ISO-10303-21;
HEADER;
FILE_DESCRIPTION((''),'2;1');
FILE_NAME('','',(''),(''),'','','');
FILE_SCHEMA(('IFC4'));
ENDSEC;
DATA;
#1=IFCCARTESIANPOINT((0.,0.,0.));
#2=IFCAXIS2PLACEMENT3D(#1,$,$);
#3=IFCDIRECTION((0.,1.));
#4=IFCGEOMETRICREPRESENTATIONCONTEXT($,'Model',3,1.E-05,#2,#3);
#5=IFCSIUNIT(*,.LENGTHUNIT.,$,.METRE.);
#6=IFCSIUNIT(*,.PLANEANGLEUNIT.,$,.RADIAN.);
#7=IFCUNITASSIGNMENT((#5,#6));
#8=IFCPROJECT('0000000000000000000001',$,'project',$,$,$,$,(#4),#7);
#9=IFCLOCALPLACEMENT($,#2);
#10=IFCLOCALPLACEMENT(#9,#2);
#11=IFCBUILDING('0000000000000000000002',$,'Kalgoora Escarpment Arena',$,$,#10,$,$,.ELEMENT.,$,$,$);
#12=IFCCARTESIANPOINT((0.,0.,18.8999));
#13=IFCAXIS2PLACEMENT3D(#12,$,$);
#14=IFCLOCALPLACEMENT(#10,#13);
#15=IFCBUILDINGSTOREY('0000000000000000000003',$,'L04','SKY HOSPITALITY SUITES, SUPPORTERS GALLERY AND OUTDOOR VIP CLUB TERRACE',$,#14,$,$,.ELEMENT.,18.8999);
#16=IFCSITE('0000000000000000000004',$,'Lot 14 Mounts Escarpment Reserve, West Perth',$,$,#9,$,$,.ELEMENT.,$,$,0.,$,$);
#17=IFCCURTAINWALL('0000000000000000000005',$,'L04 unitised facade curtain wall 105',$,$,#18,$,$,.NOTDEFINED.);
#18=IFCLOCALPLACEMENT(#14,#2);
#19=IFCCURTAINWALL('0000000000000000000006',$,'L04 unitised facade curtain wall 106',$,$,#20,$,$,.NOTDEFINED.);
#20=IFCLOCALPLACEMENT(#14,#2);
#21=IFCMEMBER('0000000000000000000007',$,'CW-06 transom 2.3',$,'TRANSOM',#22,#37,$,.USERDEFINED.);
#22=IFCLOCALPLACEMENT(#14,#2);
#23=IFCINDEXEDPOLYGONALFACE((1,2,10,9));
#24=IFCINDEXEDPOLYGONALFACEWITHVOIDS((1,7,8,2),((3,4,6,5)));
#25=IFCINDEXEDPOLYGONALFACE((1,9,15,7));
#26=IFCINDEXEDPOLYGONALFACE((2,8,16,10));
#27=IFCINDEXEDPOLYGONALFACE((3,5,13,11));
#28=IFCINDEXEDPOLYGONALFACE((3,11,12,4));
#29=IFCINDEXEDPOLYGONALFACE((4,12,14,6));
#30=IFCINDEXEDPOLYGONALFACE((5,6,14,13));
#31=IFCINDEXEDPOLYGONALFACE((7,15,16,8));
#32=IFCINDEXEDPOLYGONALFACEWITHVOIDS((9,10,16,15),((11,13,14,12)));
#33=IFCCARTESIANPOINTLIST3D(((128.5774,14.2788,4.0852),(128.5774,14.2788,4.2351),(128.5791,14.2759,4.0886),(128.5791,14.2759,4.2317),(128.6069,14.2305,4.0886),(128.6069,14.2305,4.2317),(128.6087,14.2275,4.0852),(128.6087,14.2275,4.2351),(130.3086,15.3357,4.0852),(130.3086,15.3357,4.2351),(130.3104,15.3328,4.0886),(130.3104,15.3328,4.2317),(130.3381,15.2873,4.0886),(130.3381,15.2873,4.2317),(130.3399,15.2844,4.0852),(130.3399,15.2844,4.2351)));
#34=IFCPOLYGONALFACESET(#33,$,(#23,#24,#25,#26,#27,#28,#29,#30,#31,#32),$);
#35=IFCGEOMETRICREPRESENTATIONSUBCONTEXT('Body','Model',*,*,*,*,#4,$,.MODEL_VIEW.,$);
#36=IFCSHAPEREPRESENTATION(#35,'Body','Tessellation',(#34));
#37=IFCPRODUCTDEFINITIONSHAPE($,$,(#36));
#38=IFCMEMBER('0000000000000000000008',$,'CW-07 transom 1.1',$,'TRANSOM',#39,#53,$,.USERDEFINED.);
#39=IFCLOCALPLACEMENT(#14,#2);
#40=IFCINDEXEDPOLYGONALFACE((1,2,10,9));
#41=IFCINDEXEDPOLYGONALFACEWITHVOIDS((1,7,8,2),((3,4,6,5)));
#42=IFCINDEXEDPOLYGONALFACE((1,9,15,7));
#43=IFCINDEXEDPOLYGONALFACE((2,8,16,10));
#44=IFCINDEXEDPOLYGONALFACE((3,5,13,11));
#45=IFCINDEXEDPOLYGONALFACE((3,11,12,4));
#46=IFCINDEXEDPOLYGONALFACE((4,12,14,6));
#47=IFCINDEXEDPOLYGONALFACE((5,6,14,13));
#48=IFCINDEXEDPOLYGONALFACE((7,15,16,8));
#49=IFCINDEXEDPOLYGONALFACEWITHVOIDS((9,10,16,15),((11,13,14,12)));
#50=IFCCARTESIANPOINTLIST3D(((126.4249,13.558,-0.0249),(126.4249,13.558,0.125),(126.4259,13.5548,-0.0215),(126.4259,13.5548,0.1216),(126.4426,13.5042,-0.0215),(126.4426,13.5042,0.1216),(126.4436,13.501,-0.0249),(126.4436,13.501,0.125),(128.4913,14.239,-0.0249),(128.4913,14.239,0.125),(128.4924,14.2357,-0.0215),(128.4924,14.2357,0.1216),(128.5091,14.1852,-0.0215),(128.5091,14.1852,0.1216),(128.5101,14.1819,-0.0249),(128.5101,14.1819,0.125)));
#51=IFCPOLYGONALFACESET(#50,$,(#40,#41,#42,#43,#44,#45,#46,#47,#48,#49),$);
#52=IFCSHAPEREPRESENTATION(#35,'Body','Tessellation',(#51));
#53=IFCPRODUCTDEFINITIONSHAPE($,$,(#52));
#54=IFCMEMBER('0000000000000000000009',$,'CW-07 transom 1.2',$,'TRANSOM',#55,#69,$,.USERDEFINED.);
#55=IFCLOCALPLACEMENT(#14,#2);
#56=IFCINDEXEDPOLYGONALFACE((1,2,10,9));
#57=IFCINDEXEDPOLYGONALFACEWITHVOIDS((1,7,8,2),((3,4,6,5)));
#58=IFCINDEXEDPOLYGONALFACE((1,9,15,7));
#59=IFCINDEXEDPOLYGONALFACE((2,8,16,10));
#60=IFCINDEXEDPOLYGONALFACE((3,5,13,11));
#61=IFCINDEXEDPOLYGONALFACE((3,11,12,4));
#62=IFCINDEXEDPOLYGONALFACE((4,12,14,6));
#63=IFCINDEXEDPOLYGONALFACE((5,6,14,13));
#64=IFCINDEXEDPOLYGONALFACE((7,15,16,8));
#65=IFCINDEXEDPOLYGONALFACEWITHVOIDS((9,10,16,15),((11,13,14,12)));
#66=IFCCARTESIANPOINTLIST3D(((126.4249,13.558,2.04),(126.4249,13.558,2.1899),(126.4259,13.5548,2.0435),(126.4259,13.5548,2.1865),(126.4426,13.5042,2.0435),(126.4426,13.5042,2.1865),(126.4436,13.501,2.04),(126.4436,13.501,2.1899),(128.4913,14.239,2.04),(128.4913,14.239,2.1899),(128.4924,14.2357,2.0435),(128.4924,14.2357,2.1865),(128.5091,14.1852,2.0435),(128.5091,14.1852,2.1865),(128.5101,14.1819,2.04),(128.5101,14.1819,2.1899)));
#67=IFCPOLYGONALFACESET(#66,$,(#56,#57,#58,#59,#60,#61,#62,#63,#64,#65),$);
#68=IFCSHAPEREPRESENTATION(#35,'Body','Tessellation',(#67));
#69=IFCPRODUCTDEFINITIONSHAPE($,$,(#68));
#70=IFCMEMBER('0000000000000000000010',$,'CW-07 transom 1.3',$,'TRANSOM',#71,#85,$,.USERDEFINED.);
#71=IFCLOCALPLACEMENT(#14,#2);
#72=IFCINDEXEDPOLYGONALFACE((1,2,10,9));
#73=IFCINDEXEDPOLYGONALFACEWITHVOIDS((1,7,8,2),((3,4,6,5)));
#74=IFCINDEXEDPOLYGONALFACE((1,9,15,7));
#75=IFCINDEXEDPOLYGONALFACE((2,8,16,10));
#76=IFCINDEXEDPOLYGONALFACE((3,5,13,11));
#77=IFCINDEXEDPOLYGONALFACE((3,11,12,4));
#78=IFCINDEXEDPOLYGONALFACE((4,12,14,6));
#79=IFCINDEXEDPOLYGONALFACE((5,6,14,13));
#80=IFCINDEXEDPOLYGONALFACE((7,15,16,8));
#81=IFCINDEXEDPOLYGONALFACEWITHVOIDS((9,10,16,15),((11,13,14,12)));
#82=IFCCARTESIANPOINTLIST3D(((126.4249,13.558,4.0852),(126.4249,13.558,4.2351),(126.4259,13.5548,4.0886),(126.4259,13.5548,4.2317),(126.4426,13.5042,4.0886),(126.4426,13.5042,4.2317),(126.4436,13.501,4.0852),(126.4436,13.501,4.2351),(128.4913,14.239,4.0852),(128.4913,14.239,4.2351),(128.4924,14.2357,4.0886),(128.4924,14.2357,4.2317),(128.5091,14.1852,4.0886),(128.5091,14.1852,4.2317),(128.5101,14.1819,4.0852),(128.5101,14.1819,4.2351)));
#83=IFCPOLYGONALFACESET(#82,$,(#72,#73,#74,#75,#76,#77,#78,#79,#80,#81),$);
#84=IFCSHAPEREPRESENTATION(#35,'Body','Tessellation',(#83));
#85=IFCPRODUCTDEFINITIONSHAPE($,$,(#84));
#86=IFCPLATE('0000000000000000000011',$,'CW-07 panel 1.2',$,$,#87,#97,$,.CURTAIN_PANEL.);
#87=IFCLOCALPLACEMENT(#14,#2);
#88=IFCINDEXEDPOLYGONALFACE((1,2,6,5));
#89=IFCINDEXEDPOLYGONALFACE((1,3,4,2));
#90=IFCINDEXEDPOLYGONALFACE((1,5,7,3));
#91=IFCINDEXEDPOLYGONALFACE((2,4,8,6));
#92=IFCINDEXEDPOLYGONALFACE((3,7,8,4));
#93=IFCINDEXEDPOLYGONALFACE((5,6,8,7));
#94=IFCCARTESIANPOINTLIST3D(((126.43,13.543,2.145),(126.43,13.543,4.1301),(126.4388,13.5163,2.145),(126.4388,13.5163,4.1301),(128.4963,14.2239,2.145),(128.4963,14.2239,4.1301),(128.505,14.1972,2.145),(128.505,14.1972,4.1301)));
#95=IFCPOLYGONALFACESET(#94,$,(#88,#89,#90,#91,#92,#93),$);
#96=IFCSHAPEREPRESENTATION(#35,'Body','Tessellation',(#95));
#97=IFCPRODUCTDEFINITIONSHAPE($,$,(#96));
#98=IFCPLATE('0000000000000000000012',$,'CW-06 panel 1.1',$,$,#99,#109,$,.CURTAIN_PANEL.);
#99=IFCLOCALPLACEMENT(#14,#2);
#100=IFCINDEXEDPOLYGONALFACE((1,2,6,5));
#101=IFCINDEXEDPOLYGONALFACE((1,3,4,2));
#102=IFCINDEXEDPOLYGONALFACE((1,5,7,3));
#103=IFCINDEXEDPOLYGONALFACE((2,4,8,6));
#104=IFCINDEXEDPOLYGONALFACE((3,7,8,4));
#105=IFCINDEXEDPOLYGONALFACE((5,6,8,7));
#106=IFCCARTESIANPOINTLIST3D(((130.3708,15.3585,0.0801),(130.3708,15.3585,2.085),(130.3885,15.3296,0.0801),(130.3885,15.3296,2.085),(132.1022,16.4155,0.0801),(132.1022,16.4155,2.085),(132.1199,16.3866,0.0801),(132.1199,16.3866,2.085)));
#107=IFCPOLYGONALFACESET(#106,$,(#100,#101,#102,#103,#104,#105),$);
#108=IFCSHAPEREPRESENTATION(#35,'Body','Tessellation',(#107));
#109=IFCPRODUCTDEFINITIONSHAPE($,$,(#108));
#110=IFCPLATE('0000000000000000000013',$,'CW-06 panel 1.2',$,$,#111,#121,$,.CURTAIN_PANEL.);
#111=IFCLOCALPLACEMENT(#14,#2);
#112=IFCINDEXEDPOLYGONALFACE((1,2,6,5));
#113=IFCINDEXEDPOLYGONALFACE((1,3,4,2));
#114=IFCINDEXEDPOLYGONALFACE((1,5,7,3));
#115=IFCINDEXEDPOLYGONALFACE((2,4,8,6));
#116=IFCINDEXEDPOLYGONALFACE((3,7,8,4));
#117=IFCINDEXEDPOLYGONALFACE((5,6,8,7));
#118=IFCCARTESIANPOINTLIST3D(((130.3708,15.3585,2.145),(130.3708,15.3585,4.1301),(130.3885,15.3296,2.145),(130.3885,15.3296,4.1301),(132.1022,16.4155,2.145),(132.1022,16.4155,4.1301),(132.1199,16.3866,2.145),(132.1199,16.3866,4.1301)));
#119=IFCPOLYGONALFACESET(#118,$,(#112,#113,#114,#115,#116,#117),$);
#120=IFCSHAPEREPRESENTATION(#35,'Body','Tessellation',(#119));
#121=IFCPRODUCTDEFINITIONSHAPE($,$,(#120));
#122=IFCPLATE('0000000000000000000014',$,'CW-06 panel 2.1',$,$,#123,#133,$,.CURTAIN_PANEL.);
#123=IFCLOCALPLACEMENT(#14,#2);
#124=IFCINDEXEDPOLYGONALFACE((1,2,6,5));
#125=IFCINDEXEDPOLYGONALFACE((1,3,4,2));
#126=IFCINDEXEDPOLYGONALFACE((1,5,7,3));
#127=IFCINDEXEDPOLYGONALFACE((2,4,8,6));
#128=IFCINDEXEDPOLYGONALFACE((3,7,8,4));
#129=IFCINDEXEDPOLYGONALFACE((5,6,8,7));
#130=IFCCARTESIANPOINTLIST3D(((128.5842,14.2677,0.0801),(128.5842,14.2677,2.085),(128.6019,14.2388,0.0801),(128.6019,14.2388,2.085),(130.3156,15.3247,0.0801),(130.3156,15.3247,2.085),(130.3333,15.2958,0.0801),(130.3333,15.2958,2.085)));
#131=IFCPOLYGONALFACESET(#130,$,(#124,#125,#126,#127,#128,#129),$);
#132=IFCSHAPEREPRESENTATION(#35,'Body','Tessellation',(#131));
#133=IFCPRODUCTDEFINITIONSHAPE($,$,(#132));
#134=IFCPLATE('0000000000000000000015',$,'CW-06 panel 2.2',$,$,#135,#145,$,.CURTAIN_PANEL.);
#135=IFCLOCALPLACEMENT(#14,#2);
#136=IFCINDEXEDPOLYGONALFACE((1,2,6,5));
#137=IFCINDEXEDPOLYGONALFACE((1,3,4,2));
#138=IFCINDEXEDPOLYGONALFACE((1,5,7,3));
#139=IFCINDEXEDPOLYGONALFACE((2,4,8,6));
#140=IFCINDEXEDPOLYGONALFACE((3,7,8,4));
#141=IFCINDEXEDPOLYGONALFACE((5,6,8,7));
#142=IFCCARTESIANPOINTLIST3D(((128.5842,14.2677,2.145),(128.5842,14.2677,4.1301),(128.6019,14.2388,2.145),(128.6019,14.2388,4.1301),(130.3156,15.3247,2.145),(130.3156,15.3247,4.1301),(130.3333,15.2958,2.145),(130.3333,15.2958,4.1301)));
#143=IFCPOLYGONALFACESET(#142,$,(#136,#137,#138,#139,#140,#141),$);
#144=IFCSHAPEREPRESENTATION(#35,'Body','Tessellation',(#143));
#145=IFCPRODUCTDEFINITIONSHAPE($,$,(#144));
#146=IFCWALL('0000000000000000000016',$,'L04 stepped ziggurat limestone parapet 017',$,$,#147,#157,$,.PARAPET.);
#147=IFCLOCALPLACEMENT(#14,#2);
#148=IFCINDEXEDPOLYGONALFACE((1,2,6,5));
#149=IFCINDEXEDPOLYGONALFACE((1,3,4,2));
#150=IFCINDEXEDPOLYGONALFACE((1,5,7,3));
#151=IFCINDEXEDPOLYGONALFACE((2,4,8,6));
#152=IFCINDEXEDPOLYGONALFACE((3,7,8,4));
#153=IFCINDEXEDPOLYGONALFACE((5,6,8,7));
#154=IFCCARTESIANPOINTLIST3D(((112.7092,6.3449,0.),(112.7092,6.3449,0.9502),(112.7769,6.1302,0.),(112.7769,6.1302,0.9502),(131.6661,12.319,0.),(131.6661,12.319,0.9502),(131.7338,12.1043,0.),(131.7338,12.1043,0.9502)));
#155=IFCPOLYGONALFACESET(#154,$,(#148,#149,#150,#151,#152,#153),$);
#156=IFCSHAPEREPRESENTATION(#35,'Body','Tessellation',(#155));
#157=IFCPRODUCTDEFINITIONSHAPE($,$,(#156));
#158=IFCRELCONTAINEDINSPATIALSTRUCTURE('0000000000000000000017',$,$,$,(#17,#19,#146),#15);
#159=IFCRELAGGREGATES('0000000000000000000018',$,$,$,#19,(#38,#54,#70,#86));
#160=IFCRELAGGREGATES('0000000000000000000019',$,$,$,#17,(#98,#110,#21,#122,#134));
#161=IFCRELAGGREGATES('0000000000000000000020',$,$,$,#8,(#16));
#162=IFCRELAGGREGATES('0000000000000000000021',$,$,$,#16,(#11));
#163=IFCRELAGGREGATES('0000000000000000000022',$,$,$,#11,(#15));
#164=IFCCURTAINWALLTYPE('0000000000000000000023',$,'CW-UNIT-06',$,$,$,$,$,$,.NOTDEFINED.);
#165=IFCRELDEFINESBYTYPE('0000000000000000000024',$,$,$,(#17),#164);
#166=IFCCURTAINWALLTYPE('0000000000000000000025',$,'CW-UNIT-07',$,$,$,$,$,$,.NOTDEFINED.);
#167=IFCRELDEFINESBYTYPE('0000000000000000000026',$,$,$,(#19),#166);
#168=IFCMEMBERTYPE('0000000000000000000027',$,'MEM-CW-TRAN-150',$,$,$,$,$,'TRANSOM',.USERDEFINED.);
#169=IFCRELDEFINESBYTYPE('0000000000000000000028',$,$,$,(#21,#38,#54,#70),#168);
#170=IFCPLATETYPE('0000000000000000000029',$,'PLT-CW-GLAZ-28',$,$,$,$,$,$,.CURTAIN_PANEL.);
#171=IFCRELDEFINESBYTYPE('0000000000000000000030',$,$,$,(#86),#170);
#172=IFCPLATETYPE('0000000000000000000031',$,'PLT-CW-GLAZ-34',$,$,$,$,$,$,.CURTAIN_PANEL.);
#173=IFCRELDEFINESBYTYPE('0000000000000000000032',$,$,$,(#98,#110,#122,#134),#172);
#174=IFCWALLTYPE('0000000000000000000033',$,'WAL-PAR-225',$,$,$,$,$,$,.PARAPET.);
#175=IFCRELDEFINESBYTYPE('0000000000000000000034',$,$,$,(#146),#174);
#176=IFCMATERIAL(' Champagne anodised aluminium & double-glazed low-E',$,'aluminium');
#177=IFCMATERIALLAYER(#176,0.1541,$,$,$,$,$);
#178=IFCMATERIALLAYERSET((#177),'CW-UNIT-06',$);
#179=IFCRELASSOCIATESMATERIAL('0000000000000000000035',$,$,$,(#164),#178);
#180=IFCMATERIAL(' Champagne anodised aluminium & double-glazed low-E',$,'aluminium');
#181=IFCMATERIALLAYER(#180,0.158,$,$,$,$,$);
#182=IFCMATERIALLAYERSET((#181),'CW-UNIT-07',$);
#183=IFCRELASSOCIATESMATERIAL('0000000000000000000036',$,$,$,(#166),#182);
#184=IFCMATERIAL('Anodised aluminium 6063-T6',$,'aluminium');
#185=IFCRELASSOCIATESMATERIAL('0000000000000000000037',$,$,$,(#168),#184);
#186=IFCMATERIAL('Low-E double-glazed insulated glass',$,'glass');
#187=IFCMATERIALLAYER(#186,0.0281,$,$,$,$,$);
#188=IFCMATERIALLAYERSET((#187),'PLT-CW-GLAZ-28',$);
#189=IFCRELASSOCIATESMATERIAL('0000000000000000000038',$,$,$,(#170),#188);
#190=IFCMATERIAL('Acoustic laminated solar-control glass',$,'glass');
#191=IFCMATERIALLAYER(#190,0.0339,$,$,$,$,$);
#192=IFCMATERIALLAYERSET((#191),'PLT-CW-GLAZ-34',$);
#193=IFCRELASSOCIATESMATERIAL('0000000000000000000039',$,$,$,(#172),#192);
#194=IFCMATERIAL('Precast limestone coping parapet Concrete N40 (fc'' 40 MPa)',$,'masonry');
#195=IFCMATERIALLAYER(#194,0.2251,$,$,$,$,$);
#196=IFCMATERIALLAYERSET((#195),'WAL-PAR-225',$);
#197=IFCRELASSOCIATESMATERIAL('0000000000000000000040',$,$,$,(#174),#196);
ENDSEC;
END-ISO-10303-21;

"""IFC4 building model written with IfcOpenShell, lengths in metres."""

from ifc_helpers import new_model, si_unit, direction, frame, frame_2d, origin, origin_2d, place, context, subcontext, project, spatial, rectangle, hollow_rectangle, extrude, material, layer, layer_set, material_profile, profile_set, type_object, element, aggregate, save


model = new_model("IFC4")

# Units and contexts
model_context = context("Model", 3, precision=1e-05, world=origin(), true_north=direction((0.0, 1.0)))
body_context = subcontext(model_context, "Body", "Model", "MODEL_VIEW")
ifc_project = project(units=[si_unit("LENGTHUNIT", "METRE"), si_unit("PLANEANGLEUNIT", "RADIAN")], contexts=[model_context])

# Site, building, storey
site_placement = place(None, origin())
site = spatial("IfcSite", under=ifc_project, at=site_placement, Name="Lot 14 Mounts Escarpment Reserve, West Perth", CompositionType="ELEMENT", RefElevation=0.0)
building_placement = place(site_placement, origin())
building = spatial("IfcBuilding", under=site, at=building_placement, Name="Kalgoora Escarpment Arena", CompositionType="ELEMENT")
storey_placement = place(building_placement, frame((0.0, 0.0, 18.8999)))
storey = spatial("IfcBuildingStorey", under=building, at=storey_placement, Name="L04", Description="SKY HOSPITALITY SUITES, SUPPORTERS GALLERY AND OUTDOOR VIP CLUB TERRACE", CompositionType="ELEMENT", Elevation=18.8999)

# Curtain wall
ifc_material_1 = material(Name=" Champagne anodised aluminium & double-glazed low-E", Category="aluminium")
ifc_layer_1 = layer(ifc_material_1, 0.1541)
ifc_layer_set_1 = layer_set([ifc_layer_1], Name="CW-UNIT-06")
curtain_wall_type_1 = type_object("IfcCurtainWallType", Name="CW-UNIT-06", PredefinedType="NOTDEFINED", material=ifc_layer_set_1)
curtain_wall_1_placement = place(storey_placement, origin())
curtain_wall_1 = element("IfcCurtainWall", 1, at=curtain_wall_1_placement, inside=storey, type_object=curtain_wall_type_1, Name="L04 unitised facade curtain wall 105", PredefinedType="NOTDEFINED")

# Curtain wall
ifc_material_2 = material(Name=" Champagne anodised aluminium & double-glazed low-E", Category="aluminium")
ifc_layer_2 = layer(ifc_material_2, 0.158)
ifc_layer_set_2 = layer_set([ifc_layer_2], Name="CW-UNIT-07")
curtain_wall_type_2 = type_object("IfcCurtainWallType", Name="CW-UNIT-07", PredefinedType="NOTDEFINED", material=ifc_layer_set_2)
curtain_wall_2_placement = place(storey_placement, origin())
curtain_wall_2 = element("IfcCurtainWall", 2, at=curtain_wall_2_placement, inside=storey, type_object=curtain_wall_type_2, Name="L04 unitised facade curtain wall 106", PredefinedType="NOTDEFINED")

# Members
ifc_material_3 = material(Name="Anodised aluminium 6063-T6", Category="aluminium")
ifc_material_profile_1 = material_profile(ifc_material_3, hollow_rectangle(XDim=0.0601, YDim=0.1499, WallThickness=0.0034, at=origin_2d()))
ifc_profile_set_1 = profile_set([ifc_material_profile_1], Name="Anodised aluminium 6063-T6")
member_type_1 = type_object("IfcMemberType", Name="MEM-CW-TRAN-150", ElementType="TRANSOM", PredefinedType="USERDEFINED", material=ifc_profile_set_1)
member_1_placement = place(storey_placement, frame((130.3242, 15.3101, 4.1602), z_axis=(-0.853517, -0.521065, 0.0), x_axis=(0.521065, -0.853517, 0.0)))
member_1 = element("IfcMember", 3, at=member_1_placement, type_object=member_type_1, Name="CW-06 transom 2.3", ObjectType="TRANSOM", PredefinedType="USERDEFINED", context=body_context, shape_type="SweptSolid", body=[
    extrude(hollow_rectangle(XDim=0.0601, YDim=0.1499, WallThickness=0.0034, at=origin_2d()), origin(), (0.0, 0.0, 1.0), 2.0283),
])
member_2_placement = place(storey_placement, frame((128.5007, 14.2104, 0.05), z_axis=(-0.949766, -0.312961, 0.0), x_axis=(0.312961, -0.949766, 0.0)))
member_2 = element("IfcMember", 4, at=member_2_placement, type_object=member_type_1, Name="CW-07 transom 1.1", ObjectType="TRANSOM", PredefinedType="USERDEFINED", context=body_context, shape_type="SweptSolid", body=[
    extrude(hollow_rectangle(XDim=0.0601, YDim=0.1499, WallThickness=0.0034, at=origin_2d()), origin(), (0.0, 0.0, 1.0), 2.1758),
])
member_3_placement = place(storey_placement, frame((128.5007, 14.2104, 2.115), z_axis=(-0.949766, -0.312961, 0.0), x_axis=(0.312961, -0.949766, 0.0)))
member_3 = element("IfcMember", 5, at=member_3_placement, type_object=member_type_1, Name="CW-07 transom 1.2", ObjectType="TRANSOM", PredefinedType="USERDEFINED", context=body_context, shape_type="SweptSolid", body=[
    extrude(hollow_rectangle(XDim=0.0601, YDim=0.1499, WallThickness=0.0034, at=origin_2d()), origin(), (0.0, 0.0, 1.0), 2.1758),
])
member_4_placement = place(storey_placement, frame((128.5007, 14.2104, 4.1602), z_axis=(-0.949766, -0.312961, 0.0), x_axis=(0.312961, -0.949766, 0.0)))
member_4 = element("IfcMember", 6, at=member_4_placement, type_object=member_type_1, Name="CW-07 transom 1.3", ObjectType="TRANSOM", PredefinedType="USERDEFINED", context=body_context, shape_type="SweptSolid", body=[
    extrude(hollow_rectangle(XDim=0.0601, YDim=0.1499, WallThickness=0.0034, at=origin_2d()), origin(), (0.0, 0.0, 1.0), 2.1758),
])

# Plates
ifc_material_4 = material(Name="Low-E double-glazed insulated glass", Category="glass")
ifc_layer_3 = layer(ifc_material_4, 0.0281)
ifc_layer_set_3 = layer_set([ifc_layer_3], Name="PLT-CW-GLAZ-28")
plate_type_1 = type_object("IfcPlateType", Name="PLT-CW-GLAZ-28", PredefinedType="CURTAIN_PANEL", material=ifc_layer_set_3)
plate_1_placement = place(storey_placement, frame((127.4675, 13.8701, 2.145), z_axis=(0.0, 0.0, 1.0), x_axis=(-0.949758, -0.312986, 0.0)))
plate_1 = element("IfcPlate", 7, at=plate_1_placement, type_object=plate_type_1, Name="CW-07 panel 1.2", PredefinedType="CURTAIN_PANEL", context=body_context, shape_type="SweptSolid", body=[
    extrude(rectangle(XDim=2.1755, YDim=0.0281, at=origin_2d()), origin(), (0.0, 0.0, 1.0), 1.9851),
])
aggregate(curtain_wall_2, [member_2, member_3, member_4, plate_1])
ifc_material_5 = material(Name="Acoustic laminated solar-control glass", Category="glass")
ifc_layer_4 = layer(ifc_material_5, 0.0339)
ifc_layer_set_4 = layer_set([ifc_layer_4], Name="PLT-CW-GLAZ-34")
plate_type_2 = type_object("IfcPlateType", Name="PLT-CW-GLAZ-34", PredefinedType="CURTAIN_PANEL", material=ifc_layer_set_4)
plate_2_placement = place(storey_placement, frame((131.2454, 15.8726, 0.0801), z_axis=(0.0, 0.0, 1.0), x_axis=(-0.853521, -0.521059, 0.0)))
plate_2 = element("IfcPlate", 8, at=plate_2_placement, type_object=plate_type_2, Name="CW-06 panel 1.1", PredefinedType="CURTAIN_PANEL", context=body_context, shape_type="SweptSolid", body=[
    extrude(rectangle(XDim=2.0286, YDim=0.0339, at=origin_2d()), origin(), (0.0, 0.0, 1.0), 2.0049),
])
plate_3_placement = place(storey_placement, frame((131.2454, 15.8726, 2.145), z_axis=(0.0, 0.0, 1.0), x_axis=(-0.853521, -0.521059, 0.0)))
plate_3 = element("IfcPlate", 9, at=plate_3_placement, type_object=plate_type_2, Name="CW-06 panel 1.2", PredefinedType="CURTAIN_PANEL", context=body_context, shape_type="SweptSolid", body=[
    extrude(rectangle(XDim=2.0286, YDim=0.0339, at=origin_2d()), origin(), (0.0, 0.0, 1.0), 1.9851),
])
plate_4_placement = place(storey_placement, frame((129.4587, 14.7817, 0.0801), z_axis=(0.0, 0.0, 1.0), x_axis=(-0.853521, -0.521059, 0.0)))
plate_4 = element("IfcPlate", 10, at=plate_4_placement, type_object=plate_type_2, Name="CW-06 panel 2.1", PredefinedType="CURTAIN_PANEL", context=body_context, shape_type="SweptSolid", body=[
    extrude(rectangle(XDim=2.0286, YDim=0.0339, at=origin_2d()), origin(), (0.0, 0.0, 1.0), 2.0049),
])
plate_5_placement = place(storey_placement, frame((129.4587, 14.7817, 2.145), z_axis=(0.0, 0.0, 1.0), x_axis=(-0.853521, -0.521059, 0.0)))
plate_5 = element("IfcPlate", 11, at=plate_5_placement, type_object=plate_type_2, Name="CW-06 panel 2.2", PredefinedType="CURTAIN_PANEL", context=body_context, shape_type="SweptSolid", body=[
    extrude(rectangle(XDim=2.0286, YDim=0.0339, at=origin_2d()), origin(), (0.0, 0.0, 1.0), 1.9851),
])
aggregate(curtain_wall_1, [plate_2, plate_3, member_1, plate_4, plate_5])

# Wall
ifc_material_6 = material(Name="Precast limestone coping parapet Concrete N40 (fc' 40 MPa)", Category="masonry")
ifc_layer_5 = layer(ifc_material_6, 0.2251)
ifc_layer_set_5 = layer_set([ifc_layer_5], Name="WAL-PAR-225")
wall_type = type_object("IfcWallType", Name="WAL-PAR-225", PredefinedType="PARAPET", material=ifc_layer_set_5)
wall_placement = place(storey_placement, frame((131.7, 12.2117, 0.0), z_axis=(0.0, 0.0, 1.0), x_axis=(-0.953759, -0.300572, 0.0)))
element("IfcWall", 12, at=wall_placement, inside=storey, type_object=wall_type, Name="L04 stepped ziggurat limestone parapet 017", PredefinedType="PARAPET", context=body_context, shape_type="SweptSolid", body=[
    extrude(rectangle(XDim=19.876, YDim=0.2251, at=frame_2d((9.938, 0.0))), origin(), (0.0, 0.0, 1.0), 0.9502),
])

save(model, "model.ifc")
